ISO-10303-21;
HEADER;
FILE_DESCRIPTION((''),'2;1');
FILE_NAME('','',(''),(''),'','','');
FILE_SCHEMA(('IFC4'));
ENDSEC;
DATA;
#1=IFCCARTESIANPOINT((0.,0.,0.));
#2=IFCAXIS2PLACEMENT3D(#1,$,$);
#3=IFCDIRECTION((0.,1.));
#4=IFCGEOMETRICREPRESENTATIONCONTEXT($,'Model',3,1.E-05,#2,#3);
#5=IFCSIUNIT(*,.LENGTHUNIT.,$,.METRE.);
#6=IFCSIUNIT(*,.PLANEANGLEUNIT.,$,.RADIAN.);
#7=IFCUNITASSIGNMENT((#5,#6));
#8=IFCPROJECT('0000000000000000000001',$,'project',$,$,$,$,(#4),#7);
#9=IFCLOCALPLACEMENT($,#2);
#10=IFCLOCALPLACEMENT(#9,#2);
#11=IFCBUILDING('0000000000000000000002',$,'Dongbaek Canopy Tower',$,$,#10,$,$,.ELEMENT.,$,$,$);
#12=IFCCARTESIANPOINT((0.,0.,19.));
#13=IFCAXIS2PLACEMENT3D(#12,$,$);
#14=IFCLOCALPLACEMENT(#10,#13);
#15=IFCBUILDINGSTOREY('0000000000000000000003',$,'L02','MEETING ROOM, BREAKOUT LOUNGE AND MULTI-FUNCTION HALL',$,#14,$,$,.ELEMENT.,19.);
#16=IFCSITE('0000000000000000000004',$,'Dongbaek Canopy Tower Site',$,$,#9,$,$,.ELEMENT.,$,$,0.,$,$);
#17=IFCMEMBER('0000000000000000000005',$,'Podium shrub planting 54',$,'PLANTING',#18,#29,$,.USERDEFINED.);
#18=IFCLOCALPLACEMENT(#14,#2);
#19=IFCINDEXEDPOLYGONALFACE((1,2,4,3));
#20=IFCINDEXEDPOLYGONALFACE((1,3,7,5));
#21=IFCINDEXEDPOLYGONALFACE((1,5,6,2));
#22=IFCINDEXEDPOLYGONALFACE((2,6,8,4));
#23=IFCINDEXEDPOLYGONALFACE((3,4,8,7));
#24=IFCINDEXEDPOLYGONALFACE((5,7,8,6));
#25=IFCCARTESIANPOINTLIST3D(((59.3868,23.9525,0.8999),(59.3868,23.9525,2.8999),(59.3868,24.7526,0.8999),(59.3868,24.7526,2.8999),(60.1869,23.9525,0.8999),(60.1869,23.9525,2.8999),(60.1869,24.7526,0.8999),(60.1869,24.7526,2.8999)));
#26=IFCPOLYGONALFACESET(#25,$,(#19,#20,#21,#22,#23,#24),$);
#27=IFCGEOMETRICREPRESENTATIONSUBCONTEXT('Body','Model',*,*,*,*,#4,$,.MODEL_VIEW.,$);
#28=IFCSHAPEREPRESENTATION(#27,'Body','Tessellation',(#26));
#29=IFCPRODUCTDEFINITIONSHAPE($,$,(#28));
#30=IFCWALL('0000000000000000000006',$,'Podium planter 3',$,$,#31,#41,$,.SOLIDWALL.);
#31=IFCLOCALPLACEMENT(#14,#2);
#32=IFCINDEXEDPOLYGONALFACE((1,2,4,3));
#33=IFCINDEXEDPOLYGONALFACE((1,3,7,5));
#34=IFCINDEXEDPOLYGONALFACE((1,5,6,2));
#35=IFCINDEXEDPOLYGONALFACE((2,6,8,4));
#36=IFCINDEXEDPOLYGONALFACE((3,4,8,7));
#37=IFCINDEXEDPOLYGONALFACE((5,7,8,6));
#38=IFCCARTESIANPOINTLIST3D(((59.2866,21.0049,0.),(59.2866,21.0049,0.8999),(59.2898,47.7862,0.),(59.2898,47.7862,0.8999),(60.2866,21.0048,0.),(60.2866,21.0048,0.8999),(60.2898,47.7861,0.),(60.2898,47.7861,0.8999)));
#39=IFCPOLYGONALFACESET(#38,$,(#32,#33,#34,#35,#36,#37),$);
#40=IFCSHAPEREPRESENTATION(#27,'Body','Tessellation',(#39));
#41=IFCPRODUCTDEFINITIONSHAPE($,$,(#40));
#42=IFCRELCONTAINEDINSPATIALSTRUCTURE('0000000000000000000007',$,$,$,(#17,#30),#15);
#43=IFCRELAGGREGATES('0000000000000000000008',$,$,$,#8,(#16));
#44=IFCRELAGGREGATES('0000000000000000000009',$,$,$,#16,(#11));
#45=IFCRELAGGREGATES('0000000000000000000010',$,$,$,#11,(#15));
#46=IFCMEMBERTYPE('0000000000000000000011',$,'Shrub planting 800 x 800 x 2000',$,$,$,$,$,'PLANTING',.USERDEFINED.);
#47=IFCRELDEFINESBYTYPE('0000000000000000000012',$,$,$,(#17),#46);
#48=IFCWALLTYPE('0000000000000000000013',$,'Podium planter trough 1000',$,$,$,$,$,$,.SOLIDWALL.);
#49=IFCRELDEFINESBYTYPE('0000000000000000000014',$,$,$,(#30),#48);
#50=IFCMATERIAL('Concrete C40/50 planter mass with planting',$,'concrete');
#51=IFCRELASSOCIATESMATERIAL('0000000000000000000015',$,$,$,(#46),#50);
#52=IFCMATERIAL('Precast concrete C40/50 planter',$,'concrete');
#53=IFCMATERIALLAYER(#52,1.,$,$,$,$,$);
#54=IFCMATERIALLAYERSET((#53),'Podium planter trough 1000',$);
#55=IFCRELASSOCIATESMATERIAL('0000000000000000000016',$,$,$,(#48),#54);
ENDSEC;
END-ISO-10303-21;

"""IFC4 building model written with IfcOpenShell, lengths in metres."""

from ifc_helpers import new_model, si_unit, direction, frame, frame_2d, origin, origin_2d, place, context, subcontext, project, spatial, rectangle, extrude, material, layer, layer_set, material_profile, profile_set, type_object, element, save


model = new_model("IFC4")

# Units and contexts
model_context = context("Model", 3, precision=1e-05, world=origin(), true_north=direction((0.0, 1.0)))
body_context = subcontext(model_context, "Body", "Model", "MODEL_VIEW")
ifc_project = project(units=[si_unit("LENGTHUNIT", "METRE"), si_unit("PLANEANGLEUNIT", "RADIAN")], contexts=[model_context])

# Site, building, storey
site_placement = place(None, origin())
site = spatial("IfcSite", under=ifc_project, at=site_placement, Name="Dongbaek Canopy Tower Site", CompositionType="ELEMENT", RefElevation=0.0)
building_placement = place(site_placement, origin())
building = spatial("IfcBuilding", under=site, at=building_placement, Name="Dongbaek Canopy Tower", CompositionType="ELEMENT")
storey_placement = place(building_placement, frame((0.0, 0.0, 19.0)))
storey = spatial("IfcBuildingStorey", under=building, at=storey_placement, Name="L02", Description="MEETING ROOM, BREAKOUT LOUNGE AND MULTI-FUNCTION HALL", CompositionType="ELEMENT", Elevation=19.0)

# Member
ifc_material_1 = material(Name="Concrete C40/50 planter mass with planting", Category="concrete")
ifc_material_profile = material_profile(ifc_material_1, rectangle(XDim=0.8, YDim=0.8, at=origin_2d()), Name="Shrub planting 800 x 800 x 2000")
ifc_profile_set = profile_set([ifc_material_profile], Name="Concrete C40/50 planter mass with planting")
member_type = type_object("IfcMemberType", Name="Shrub planting 800 x 800 x 2000", ElementType="PLANTING", PredefinedType="USERDEFINED", material=ifc_profile_set)
for number, where, z_axis, x_axis, name in (
    (1, (59.7869, 24.3525, 0.8999), (0.0, 0.0, 1.0), (1.0, 0.0, 0.0), "Podium shrub planting 54"),
):
    element("IfcMember", number, at=place(storey_placement, frame(where, z_axis=z_axis, x_axis=x_axis)), inside=storey, type_object=member_type, Name=name, ObjectType="PLANTING", PredefinedType="USERDEFINED", context=body_context, shape_type="SweptSolid", body=[
        extrude(rectangle(XDim=0.8, YDim=0.8, at=origin_2d()), origin(), (0.0, 0.0, 1.0), 2.0),
    ])

# Wall
ifc_material_2 = material(Name="Precast concrete C40/50 planter", Category="concrete")
ifc_layer = layer(ifc_material_2, 1.0)
ifc_layer_set = layer_set([ifc_layer], Name="Podium planter trough 1000")
wall_type = type_object("IfcWallType", Name="Podium planter trough 1000", PredefinedType="SOLIDWALL", material=ifc_layer_set)
wall_placement = place(storey_placement, frame((59.7898, 47.7861, 0.0), z_axis=(0.0, 0.0, 1.0), x_axis=(-0.000119, -1.0, 0.0)))
element("IfcWall", 2, at=wall_placement, inside=storey, type_object=wall_type, Name="Podium planter 3", PredefinedType="SOLIDWALL", context=body_context, shape_type="SweptSolid", body=[
    extrude(rectangle(XDim=26.7812, YDim=1.0, at=frame_2d((13.3906, 0.0))), origin(), (0.0, 0.0, 1.0), 0.8999),
])

save(model, "model.ifc")
